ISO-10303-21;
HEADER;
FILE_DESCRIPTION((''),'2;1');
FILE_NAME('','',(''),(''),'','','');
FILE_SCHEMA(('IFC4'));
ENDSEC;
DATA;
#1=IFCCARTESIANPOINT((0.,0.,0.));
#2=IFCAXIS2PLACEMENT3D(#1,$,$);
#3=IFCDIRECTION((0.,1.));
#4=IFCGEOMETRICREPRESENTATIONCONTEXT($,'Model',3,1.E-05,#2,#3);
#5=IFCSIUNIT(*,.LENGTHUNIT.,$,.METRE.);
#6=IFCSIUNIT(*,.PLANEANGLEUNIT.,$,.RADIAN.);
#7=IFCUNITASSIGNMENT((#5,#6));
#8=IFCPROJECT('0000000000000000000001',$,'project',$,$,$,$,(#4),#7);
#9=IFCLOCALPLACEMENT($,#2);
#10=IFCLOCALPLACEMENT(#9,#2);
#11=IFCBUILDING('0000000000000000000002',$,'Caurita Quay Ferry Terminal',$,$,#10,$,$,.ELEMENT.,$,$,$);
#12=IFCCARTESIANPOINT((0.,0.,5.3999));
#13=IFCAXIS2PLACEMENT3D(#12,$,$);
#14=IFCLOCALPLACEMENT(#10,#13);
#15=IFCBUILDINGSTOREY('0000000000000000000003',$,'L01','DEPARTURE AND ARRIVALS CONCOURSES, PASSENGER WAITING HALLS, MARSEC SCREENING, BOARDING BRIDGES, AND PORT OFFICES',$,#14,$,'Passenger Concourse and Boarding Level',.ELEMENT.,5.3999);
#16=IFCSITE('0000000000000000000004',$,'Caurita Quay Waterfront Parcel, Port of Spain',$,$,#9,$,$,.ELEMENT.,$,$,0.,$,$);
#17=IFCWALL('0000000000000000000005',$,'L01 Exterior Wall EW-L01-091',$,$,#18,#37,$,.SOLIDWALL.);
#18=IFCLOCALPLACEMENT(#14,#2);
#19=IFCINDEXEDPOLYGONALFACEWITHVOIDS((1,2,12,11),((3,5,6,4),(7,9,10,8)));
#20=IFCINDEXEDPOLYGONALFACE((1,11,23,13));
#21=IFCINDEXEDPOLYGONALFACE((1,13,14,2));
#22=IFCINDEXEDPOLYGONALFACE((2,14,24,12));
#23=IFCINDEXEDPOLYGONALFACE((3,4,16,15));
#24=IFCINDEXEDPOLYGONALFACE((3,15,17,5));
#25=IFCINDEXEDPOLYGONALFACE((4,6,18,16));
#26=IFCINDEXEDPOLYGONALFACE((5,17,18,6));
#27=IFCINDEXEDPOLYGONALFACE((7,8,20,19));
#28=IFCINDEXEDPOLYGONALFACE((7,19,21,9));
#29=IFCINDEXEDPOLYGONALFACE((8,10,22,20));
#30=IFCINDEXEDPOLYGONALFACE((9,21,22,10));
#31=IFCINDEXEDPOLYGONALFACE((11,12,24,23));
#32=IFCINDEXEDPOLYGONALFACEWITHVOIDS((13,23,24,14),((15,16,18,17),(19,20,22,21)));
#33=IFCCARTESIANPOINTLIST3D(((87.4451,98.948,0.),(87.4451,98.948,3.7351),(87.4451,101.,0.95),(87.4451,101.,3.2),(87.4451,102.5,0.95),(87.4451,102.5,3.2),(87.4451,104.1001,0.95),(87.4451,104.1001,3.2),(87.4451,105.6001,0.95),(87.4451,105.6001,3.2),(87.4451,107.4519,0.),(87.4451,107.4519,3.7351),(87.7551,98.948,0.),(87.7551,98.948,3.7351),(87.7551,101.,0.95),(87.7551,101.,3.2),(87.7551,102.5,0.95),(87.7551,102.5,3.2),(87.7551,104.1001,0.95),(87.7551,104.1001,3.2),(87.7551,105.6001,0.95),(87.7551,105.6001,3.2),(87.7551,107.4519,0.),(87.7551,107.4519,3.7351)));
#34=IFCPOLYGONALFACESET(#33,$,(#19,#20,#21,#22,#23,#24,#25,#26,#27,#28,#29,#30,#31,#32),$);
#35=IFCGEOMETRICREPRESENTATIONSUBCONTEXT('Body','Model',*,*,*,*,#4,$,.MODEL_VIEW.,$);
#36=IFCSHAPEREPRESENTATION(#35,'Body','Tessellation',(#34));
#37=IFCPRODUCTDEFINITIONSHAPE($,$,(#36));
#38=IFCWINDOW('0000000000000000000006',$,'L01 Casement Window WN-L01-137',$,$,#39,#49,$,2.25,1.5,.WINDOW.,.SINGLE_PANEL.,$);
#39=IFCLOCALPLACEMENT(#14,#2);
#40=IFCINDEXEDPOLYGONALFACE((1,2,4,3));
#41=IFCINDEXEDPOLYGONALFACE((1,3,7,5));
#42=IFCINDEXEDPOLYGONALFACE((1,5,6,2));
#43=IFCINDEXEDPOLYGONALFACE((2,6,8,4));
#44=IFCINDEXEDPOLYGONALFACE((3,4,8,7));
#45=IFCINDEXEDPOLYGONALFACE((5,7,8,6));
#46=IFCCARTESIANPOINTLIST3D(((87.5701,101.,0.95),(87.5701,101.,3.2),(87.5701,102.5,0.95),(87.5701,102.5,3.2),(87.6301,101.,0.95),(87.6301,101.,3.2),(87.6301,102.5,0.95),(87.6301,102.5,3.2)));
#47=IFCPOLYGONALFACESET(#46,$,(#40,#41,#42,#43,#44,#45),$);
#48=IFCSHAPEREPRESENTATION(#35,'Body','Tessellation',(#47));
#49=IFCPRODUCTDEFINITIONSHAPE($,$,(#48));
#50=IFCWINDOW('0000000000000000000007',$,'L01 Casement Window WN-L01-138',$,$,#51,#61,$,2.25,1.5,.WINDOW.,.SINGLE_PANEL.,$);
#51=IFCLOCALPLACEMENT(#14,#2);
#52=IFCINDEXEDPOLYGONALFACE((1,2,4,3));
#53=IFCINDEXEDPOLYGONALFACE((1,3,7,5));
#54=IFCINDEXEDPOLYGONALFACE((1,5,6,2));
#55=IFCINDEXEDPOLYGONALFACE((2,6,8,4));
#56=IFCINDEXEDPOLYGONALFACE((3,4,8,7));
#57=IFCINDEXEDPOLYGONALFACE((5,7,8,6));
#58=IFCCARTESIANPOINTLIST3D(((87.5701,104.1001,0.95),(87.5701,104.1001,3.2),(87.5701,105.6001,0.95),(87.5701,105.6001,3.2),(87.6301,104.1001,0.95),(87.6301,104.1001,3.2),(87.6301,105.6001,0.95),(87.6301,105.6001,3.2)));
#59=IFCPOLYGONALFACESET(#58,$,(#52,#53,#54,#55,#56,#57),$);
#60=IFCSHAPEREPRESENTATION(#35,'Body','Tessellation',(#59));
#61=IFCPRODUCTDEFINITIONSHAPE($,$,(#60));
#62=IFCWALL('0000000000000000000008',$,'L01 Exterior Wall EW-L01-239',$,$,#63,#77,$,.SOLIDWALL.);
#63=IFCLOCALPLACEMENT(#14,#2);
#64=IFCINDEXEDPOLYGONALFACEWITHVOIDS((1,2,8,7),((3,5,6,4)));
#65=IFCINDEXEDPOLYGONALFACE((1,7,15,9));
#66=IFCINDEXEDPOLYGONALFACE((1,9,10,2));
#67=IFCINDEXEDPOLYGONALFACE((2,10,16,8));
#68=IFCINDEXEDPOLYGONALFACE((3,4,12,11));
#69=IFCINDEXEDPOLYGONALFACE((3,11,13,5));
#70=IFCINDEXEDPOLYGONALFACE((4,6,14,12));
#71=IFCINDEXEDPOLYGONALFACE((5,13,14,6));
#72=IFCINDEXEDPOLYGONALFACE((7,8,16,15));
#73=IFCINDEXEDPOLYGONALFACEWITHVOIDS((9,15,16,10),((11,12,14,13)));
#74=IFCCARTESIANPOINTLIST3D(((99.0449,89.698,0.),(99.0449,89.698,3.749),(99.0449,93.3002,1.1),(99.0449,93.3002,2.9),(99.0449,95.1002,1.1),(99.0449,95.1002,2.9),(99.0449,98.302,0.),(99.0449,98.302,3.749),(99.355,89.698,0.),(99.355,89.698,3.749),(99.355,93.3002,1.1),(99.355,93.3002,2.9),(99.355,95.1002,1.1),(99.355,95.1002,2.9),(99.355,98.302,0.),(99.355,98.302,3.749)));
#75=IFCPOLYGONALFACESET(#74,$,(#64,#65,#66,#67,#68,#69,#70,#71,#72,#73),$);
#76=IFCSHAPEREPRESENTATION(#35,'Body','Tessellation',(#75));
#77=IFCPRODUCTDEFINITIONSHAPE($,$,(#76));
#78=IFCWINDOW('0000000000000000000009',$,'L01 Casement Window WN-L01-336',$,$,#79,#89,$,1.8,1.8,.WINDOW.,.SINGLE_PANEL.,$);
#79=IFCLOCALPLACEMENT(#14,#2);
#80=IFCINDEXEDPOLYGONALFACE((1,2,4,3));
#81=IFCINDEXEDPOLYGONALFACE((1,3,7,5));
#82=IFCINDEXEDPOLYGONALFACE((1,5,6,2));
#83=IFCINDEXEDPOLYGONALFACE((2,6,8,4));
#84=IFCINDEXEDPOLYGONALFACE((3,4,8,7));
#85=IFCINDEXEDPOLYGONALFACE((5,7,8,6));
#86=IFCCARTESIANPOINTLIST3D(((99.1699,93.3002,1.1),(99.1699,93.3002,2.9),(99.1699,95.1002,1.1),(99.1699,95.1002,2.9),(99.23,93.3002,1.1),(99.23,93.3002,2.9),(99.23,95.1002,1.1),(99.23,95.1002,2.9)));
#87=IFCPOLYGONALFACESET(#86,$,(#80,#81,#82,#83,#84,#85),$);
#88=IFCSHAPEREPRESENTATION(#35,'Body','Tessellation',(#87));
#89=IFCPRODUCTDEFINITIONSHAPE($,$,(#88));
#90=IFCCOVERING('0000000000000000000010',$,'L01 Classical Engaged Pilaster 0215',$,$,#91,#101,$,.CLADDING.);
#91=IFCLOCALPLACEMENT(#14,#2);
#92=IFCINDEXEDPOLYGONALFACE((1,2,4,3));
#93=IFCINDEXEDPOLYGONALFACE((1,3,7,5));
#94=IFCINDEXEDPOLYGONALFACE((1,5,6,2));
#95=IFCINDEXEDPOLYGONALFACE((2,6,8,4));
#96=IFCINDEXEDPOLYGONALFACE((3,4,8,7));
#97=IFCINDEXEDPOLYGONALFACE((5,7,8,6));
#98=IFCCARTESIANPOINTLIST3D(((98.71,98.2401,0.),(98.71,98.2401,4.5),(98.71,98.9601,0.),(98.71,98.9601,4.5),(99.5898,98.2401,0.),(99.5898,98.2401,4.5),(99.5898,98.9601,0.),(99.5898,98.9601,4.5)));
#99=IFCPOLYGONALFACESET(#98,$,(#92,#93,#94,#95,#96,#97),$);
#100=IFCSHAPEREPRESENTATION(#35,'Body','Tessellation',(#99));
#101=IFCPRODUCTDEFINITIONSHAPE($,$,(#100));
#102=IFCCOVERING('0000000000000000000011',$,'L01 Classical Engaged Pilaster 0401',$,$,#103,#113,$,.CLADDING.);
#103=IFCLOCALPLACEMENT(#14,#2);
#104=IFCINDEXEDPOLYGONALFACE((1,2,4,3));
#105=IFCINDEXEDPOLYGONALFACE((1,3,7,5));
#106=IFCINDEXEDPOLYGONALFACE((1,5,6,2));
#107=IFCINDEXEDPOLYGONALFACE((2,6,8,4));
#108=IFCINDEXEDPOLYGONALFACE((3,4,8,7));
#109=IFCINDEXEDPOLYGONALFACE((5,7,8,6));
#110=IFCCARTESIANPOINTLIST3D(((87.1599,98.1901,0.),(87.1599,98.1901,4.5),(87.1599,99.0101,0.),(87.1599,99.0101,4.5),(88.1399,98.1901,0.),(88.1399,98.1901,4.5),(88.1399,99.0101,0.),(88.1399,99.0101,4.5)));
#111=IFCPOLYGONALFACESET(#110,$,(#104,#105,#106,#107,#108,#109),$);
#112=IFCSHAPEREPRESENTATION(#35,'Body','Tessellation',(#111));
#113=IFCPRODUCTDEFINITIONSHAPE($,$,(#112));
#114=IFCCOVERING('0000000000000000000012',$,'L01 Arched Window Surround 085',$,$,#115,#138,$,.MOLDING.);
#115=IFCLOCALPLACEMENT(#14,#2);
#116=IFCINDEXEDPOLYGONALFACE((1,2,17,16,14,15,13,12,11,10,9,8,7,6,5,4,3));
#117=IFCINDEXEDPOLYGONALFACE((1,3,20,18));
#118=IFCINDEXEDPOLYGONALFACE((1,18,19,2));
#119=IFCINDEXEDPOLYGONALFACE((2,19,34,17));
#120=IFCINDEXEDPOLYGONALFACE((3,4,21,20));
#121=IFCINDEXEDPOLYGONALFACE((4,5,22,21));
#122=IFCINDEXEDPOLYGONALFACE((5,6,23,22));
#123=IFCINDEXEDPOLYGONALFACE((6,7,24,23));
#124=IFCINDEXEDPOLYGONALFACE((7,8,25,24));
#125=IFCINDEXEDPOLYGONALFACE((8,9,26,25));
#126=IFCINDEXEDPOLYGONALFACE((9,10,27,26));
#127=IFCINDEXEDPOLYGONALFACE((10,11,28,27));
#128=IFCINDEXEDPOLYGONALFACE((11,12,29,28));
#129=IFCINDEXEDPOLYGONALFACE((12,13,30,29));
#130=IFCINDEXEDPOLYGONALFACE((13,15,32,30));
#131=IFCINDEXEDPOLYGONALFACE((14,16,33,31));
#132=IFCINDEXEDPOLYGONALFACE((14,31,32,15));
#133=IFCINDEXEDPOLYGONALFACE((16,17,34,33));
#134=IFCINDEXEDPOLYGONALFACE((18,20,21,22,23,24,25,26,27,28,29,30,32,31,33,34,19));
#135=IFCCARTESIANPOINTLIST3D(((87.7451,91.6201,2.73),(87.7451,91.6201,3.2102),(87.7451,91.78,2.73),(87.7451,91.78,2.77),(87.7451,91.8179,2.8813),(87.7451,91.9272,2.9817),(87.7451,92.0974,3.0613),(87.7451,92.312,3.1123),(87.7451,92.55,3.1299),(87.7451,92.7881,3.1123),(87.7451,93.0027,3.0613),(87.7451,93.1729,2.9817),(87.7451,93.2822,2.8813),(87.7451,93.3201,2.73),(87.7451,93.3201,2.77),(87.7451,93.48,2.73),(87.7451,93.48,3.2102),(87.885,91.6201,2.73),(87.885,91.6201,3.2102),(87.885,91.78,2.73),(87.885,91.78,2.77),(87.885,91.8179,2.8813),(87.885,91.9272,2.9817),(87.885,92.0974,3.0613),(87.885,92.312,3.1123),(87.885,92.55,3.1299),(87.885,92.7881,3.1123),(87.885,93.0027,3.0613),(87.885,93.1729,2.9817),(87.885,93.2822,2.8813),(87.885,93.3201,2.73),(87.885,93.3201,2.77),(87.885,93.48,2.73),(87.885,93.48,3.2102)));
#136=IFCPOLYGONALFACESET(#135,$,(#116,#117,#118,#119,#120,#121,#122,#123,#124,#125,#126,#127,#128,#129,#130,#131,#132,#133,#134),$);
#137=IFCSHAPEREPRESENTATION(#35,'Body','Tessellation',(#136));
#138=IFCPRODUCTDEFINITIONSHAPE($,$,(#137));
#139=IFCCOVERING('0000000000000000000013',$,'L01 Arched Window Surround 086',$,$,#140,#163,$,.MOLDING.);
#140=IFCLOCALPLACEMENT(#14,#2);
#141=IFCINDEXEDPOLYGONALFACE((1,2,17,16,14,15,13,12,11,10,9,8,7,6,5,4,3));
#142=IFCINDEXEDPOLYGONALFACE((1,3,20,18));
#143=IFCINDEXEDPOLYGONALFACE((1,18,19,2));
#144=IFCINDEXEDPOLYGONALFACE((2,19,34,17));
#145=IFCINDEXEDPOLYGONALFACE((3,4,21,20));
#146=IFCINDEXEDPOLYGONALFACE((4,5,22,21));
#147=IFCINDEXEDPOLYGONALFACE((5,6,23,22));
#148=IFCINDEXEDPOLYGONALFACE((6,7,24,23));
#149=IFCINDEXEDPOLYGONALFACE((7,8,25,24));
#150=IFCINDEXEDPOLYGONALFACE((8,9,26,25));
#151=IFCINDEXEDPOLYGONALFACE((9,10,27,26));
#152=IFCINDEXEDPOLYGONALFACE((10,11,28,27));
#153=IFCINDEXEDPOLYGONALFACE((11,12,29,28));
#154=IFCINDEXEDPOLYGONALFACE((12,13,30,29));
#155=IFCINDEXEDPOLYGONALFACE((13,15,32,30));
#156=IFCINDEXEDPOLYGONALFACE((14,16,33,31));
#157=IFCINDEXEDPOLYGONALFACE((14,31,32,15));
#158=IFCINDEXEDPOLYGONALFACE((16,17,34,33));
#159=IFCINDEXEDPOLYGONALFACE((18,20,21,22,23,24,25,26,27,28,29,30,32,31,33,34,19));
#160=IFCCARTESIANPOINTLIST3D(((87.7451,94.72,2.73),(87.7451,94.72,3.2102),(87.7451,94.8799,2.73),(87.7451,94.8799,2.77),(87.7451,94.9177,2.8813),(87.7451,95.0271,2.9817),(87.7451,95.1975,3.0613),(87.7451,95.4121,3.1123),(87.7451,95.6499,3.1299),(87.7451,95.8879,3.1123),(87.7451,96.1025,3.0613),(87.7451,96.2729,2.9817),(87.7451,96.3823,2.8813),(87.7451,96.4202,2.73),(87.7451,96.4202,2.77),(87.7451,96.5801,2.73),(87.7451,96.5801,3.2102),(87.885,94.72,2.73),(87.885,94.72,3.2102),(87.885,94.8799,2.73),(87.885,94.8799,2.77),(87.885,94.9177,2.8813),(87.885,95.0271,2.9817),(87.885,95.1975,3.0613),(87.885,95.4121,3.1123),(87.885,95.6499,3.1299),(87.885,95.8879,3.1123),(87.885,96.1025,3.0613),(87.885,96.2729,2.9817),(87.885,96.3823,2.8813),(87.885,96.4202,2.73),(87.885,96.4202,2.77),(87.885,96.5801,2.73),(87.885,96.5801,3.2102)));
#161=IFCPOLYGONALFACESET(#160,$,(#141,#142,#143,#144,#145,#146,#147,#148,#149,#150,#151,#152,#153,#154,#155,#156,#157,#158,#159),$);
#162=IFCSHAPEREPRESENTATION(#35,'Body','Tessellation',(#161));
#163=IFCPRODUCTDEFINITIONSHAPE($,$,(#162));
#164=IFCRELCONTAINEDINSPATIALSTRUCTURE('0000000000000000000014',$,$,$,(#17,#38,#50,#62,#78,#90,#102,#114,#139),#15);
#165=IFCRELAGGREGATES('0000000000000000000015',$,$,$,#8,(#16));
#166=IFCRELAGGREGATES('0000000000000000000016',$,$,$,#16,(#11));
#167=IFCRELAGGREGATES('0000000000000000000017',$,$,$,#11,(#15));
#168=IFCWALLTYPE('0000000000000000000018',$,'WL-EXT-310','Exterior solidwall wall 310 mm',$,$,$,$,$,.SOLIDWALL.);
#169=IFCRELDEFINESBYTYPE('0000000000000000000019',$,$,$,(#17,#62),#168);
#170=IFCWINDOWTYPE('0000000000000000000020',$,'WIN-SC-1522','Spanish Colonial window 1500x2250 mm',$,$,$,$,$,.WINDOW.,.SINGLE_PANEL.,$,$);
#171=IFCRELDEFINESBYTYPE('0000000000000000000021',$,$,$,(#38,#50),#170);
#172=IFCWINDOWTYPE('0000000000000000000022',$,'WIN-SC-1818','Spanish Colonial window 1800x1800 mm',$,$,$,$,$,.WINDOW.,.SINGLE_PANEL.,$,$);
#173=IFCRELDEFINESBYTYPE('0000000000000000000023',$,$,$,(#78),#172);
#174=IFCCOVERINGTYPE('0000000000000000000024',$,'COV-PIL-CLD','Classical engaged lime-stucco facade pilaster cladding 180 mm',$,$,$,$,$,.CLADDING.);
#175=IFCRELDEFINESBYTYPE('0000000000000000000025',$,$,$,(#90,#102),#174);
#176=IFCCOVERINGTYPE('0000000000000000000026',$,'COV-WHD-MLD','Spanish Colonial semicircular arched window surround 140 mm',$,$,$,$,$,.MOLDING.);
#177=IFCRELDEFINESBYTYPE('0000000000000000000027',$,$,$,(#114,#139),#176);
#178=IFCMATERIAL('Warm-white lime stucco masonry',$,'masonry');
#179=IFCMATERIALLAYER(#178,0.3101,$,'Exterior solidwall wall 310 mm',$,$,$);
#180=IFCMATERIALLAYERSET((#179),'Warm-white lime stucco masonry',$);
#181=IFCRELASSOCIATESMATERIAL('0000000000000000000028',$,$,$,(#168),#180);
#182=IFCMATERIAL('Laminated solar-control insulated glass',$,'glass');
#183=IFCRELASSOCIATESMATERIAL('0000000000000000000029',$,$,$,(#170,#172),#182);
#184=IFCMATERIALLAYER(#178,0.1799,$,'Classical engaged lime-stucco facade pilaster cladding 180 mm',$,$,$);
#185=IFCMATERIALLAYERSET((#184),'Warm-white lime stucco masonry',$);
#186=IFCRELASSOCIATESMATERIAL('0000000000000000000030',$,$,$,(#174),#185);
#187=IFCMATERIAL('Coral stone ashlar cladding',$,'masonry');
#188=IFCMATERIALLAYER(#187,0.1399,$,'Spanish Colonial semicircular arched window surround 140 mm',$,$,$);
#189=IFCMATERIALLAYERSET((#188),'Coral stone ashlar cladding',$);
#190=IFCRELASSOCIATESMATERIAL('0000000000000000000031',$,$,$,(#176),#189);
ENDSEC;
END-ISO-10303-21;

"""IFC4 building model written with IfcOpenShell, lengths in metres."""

from ifc_helpers import new_model, si_unit, direction, frame, frame_2d, origin, origin_2d, place, context, subcontext, project, spatial, polyline, rectangle, outline, extrude, material, layer, layer_set, type_object, element, fill, save


model = new_model("IFC4")

# Units and contexts
model_context = context("Model", 3, precision=1e-05, world=origin(), true_north=direction((0.0, 1.0)))
body_context = subcontext(model_context, "Body", "Model", "MODEL_VIEW")
ifc_project = project(units=[si_unit("LENGTHUNIT", "METRE"), si_unit("PLANEANGLEUNIT", "RADIAN")], contexts=[model_context])

# Site, building, storey
site_placement = place(None, origin())
site = spatial("IfcSite", under=ifc_project, at=site_placement, Name="Caurita Quay Waterfront Parcel, Port of Spain", CompositionType="ELEMENT", RefElevation=0.0)
building_placement = place(site_placement, origin())
building = spatial("IfcBuilding", under=site, at=building_placement, Name="Caurita Quay Ferry Terminal", CompositionType="ELEMENT")
storey_placement = place(building_placement, frame((0.0, 0.0, 5.3999)))
storey = spatial("IfcBuildingStorey", under=building, at=storey_placement, Name="L01", Description="DEPARTURE AND ARRIVALS CONCOURSES, PASSENGER WAITING HALLS, MARSEC SCREENING, BOARDING BRIDGES, AND PORT OFFICES", LongName="Passenger Concourse and Boarding Level", CompositionType="ELEMENT", Elevation=5.3999)

# Wall, openings, windows
ifc_material_1 = material(Name="Warm-white lime stucco masonry", Category="masonry")
ifc_layer_1 = layer(ifc_material_1, 0.3101, Name="Exterior solidwall wall 310 mm")
ifc_layer_set_1 = layer_set([ifc_layer_1], Name="Warm-white lime stucco masonry")
wall_type = type_object("IfcWallType", Name="WL-EXT-310", Description="Exterior solidwall wall 310 mm", PredefinedType="SOLIDWALL", material=ifc_layer_set_1)
wall_1_placement = place(storey_placement, frame((87.6001, 98.948, 0.0), z_axis=(0.0, 0.0, 1.0), x_axis=(0.0, 1.0, 0.0)))
wall_1 = element("IfcWall", 1, at=wall_1_placement, inside=storey, type_object=wall_type, Name="L01 Exterior Wall EW-L01-091", PredefinedType="SOLIDWALL", context=body_context, shape_type="SweptSolid", body=[
    extrude(rectangle(XDim=8.5039, YDim=0.3101, at=frame_2d((4.252, 0.0))), origin(), (0.0, 0.0, 1.0), 3.7351),
])
opening_1_placement = place(wall_1_placement, frame((2.052, 0.0, 0.95)))
opening_1 = element("IfcOpeningElement", 2, at=opening_1_placement, cuts=wall_1, PredefinedType="OPENING", context=body_context, shape_type="SweptSolid", body=[
    extrude(rectangle(XDim=1.5, YDim=2.25, at=frame_2d((0.75, 1.125))), frame((0.0, 0.165, 0.0), z_axis=(0.0, -1.0, 0.0), x_axis=(1.0, 0.0, 0.0)), (0.0, 0.0, 1.0), 0.3301),
])
opening_2_placement = place(wall_1_placement, frame((5.1521, 0.0, 0.95)))
opening_2 = element("IfcOpeningElement", 3, at=opening_2_placement, cuts=wall_1, PredefinedType="OPENING", context=body_context, shape_type="SweptSolid", body=[
    extrude(rectangle(XDim=1.5, YDim=2.25, at=frame_2d((0.75, 1.125))), frame((0.0, 0.165, 0.0), z_axis=(0.0, -1.0, 0.0), x_axis=(1.0, 0.0, 0.0)), (0.0, 0.0, 1.0), 0.3301),
])
ifc_material_2 = material(Name="Laminated solar-control insulated glass", Category="glass")
window_type_1 = type_object("IfcWindowType", Name="WIN-SC-1522", Description="Spanish Colonial window 1500x2250 mm", PartitioningType="SINGLE_PANEL", PredefinedType="WINDOW", material=ifc_material_2)
window_1_placement = place(opening_1_placement, origin())
window_1 = element("IfcWindow", 4, at=window_1_placement, inside=storey, type_object=window_type_1, Name="L01 Casement Window WN-L01-137", OverallHeight=2.25, OverallWidth=1.5, PartitioningType="SINGLE_PANEL", PredefinedType="WINDOW", context=body_context, shape_type="SweptSolid", body=[
    extrude(rectangle(XDim=1.5, YDim=2.25, at=frame_2d((0.75, 1.125))), frame((0.0, 0.03, 0.0), z_axis=(0.0, -1.0, 0.0), x_axis=(1.0, 0.0, 0.0)), (0.0, 0.0, 1.0), 0.0601),
])
fill(opening_1, window_1)
window_2_placement = place(opening_2_placement, origin())
window_2 = element("IfcWindow", 5, at=window_2_placement, inside=storey, type_object=window_type_1, Name="L01 Casement Window WN-L01-138", OverallHeight=2.25, OverallWidth=1.5, PartitioningType="SINGLE_PANEL", PredefinedType="WINDOW", context=body_context, shape_type="SweptSolid", body=[
    extrude(rectangle(XDim=1.5, YDim=2.25, at=frame_2d((0.75, 1.125))), frame((0.0, 0.03, 0.0), z_axis=(0.0, -1.0, 0.0), x_axis=(1.0, 0.0, 0.0)), (0.0, 0.0, 1.0), 0.0601),
])
fill(opening_2, window_2)

# Wall, opening, window
wall_2_placement = place(storey_placement, frame((99.2, 98.302, 0.0), z_axis=(0.0, 0.0, 1.0), x_axis=(0.0, -1.0, 0.0)))
wall_2 = element("IfcWall", 6, at=wall_2_placement, inside=storey, type_object=wall_type, Name="L01 Exterior Wall EW-L01-239", PredefinedType="SOLIDWALL", context=body_context, shape_type="SweptSolid", body=[
    extrude(rectangle(XDim=8.604, YDim=0.3101, at=frame_2d((4.302, 0.0))), origin(), (0.0, 0.0, 1.0), 3.749),
])
opening_3_placement = place(wall_2_placement, frame((3.2019, 0.0, 1.1001)))
opening_3 = element("IfcOpeningElement", 7, at=opening_3_placement, cuts=wall_2, PredefinedType="OPENING", context=body_context, shape_type="SweptSolid", body=[
    extrude(rectangle(XDim=1.8, YDim=1.8, at=frame_2d((0.8999, 0.8999))), frame((0.0, 0.165, 0.0), z_axis=(0.0, -1.0, 0.0), x_axis=(1.0, 0.0, 0.0)), (0.0, 0.0, 1.0), 0.3301),
])
window_type_2 = type_object("IfcWindowType", Name="WIN-SC-1818", Description="Spanish Colonial window 1800x1800 mm", PartitioningType="SINGLE_PANEL", PredefinedType="WINDOW", material=ifc_material_2)
window_3_placement = place(opening_3_placement, origin())
window_3 = element("IfcWindow", 8, at=window_3_placement, inside=storey, type_object=window_type_2, Name="L01 Casement Window WN-L01-336", OverallHeight=1.8, OverallWidth=1.8, PartitioningType="SINGLE_PANEL", PredefinedType="WINDOW", context=body_context, shape_type="SweptSolid", body=[
    extrude(rectangle(XDim=1.8, YDim=1.8, at=frame_2d((0.8999, 0.8999))), frame((0.0, 0.03, 0.0), z_axis=(0.0, -1.0, 0.0), x_axis=(1.0, 0.0, 0.0)), (0.0, 0.0, 1.0), 0.0601),
])
fill(opening_3, window_3)

# Coverings
ifc_layer_2 = layer(ifc_material_1, 0.1799, Name="Classical engaged lime-stucco facade pilaster cladding 180 mm")
ifc_layer_set_2 = layer_set([ifc_layer_2], Name="Warm-white lime stucco masonry")
covering_type_1 = type_object("IfcCoveringType", Name="COV-PIL-CLD", Description="Classical engaged lime-stucco facade pilaster cladding 180 mm", PredefinedType="CLADDING", material=ifc_layer_set_2)
covering_1_placement = place(storey_placement, frame((99.1499, 98.6001, 0.0), z_axis=(0.0, 0.0, 1.0), x_axis=(1.0, 0.0, 0.0)))
element("IfcCovering", 9, at=covering_1_placement, inside=storey, type_object=covering_type_1, Name="L01 Classical Engaged Pilaster 0215", PredefinedType="CLADDING", context=body_context, shape_type="SweptSolid", body=[
    extrude(rectangle(XDim=0.8799, YDim=0.72, at=origin_2d()), origin(), (0.0, 0.0, 1.0), 4.5),
])
covering_2_placement = place(storey_placement, frame((87.6499, 98.6001, 0.0), z_axis=(0.0, 0.0, 1.0), x_axis=(1.0, 0.0, 0.0)))
element("IfcCovering", 10, at=covering_2_placement, inside=storey, type_object=covering_type_1, Name="L01 Classical Engaged Pilaster 0401", PredefinedType="CLADDING", context=body_context, shape_type="SweptSolid", body=[
    extrude(rectangle(XDim=0.98, YDim=0.8201, at=origin_2d()), origin(), (0.0, 0.0, 1.0), 4.5),
])
ifc_material_3 = material(Name="Coral stone ashlar cladding", Category="masonry")
ifc_layer_3 = layer(ifc_material_3, 0.1399, Name="Spanish Colonial semicircular arched window surround 140 mm")
ifc_layer_set_3 = layer_set([ifc_layer_3], Name="Coral stone ashlar cladding")
covering_type_2 = type_object("IfcCoveringType", Name="COV-WHD-MLD", Description="Spanish Colonial semicircular arched window surround 140 mm", PredefinedType="MOLDING", material=ifc_layer_set_3)
covering_3_placement = place(storey_placement, frame((87.8149, 91.6201, 2.73), z_axis=(0.0, 0.0, 1.0), x_axis=(0.0, 1.0, 0.0)))
element("IfcCovering", 11, at=covering_3_placement, inside=storey, type_object=covering_type_2, Name="L01 Arched Window Surround 085", PredefinedType="MOLDING", context=body_context, shape_type="SweptSolid", body=[
    extrude(outline(polyline([(0.0, 0.0), (0.1599, 0.0), (0.1599, 0.04), (0.1978, 0.1514), (0.3071, 0.2517), (0.4773, 0.3313), (0.6919, 0.3823), (0.9299, 0.3999), (1.168, 0.3823), (1.3826, 0.3313), (1.5527, 0.2517), (1.6621, 0.1514), (1.7, 0.04), (1.7, 0.0), (1.8599, 0.0), (1.8599, 0.4802), (0.0, 0.4802), (0.0, 0.0)])), frame((0.0, 0.0698, 0.0), z_axis=(0.0, -1.0, 0.0), x_axis=(1.0, 0.0, 0.0)), (0.0, 0.0, 1.0), 0.1399),
])
covering_4_placement = place(storey_placement, frame((87.8149, 94.72, 2.73), z_axis=(0.0, 0.0, 1.0), x_axis=(0.0, 1.0, 0.0)))
element("IfcCovering", 12, at=covering_4_placement, inside=storey, type_object=covering_type_2, Name="L01 Arched Window Surround 086", PredefinedType="MOLDING", context=body_context, shape_type="SweptSolid", body=[
    extrude(outline(polyline([(0.0, 0.0), (0.1599, 0.0), (0.1599, 0.04), (0.1978, 0.1514), (0.3071, 0.2517), (0.4775, 0.3313), (0.6921, 0.3823), (0.9299, 0.3999), (1.168, 0.3823), (1.3826, 0.3313), (1.553, 0.2517), (1.6624, 0.1514), (1.7002, 0.04), (1.7002, 0.0), (1.8601, 0.0), (1.8601, 0.4802), (0.0, 0.4802), (0.0, 0.0)])), frame((0.0, 0.0698, 0.0), z_axis=(0.0, -1.0, 0.0), x_axis=(1.0, 0.0, 0.0)), (0.0, 0.0, 1.0), 0.1399),
])

save(model, "model.ifc")
